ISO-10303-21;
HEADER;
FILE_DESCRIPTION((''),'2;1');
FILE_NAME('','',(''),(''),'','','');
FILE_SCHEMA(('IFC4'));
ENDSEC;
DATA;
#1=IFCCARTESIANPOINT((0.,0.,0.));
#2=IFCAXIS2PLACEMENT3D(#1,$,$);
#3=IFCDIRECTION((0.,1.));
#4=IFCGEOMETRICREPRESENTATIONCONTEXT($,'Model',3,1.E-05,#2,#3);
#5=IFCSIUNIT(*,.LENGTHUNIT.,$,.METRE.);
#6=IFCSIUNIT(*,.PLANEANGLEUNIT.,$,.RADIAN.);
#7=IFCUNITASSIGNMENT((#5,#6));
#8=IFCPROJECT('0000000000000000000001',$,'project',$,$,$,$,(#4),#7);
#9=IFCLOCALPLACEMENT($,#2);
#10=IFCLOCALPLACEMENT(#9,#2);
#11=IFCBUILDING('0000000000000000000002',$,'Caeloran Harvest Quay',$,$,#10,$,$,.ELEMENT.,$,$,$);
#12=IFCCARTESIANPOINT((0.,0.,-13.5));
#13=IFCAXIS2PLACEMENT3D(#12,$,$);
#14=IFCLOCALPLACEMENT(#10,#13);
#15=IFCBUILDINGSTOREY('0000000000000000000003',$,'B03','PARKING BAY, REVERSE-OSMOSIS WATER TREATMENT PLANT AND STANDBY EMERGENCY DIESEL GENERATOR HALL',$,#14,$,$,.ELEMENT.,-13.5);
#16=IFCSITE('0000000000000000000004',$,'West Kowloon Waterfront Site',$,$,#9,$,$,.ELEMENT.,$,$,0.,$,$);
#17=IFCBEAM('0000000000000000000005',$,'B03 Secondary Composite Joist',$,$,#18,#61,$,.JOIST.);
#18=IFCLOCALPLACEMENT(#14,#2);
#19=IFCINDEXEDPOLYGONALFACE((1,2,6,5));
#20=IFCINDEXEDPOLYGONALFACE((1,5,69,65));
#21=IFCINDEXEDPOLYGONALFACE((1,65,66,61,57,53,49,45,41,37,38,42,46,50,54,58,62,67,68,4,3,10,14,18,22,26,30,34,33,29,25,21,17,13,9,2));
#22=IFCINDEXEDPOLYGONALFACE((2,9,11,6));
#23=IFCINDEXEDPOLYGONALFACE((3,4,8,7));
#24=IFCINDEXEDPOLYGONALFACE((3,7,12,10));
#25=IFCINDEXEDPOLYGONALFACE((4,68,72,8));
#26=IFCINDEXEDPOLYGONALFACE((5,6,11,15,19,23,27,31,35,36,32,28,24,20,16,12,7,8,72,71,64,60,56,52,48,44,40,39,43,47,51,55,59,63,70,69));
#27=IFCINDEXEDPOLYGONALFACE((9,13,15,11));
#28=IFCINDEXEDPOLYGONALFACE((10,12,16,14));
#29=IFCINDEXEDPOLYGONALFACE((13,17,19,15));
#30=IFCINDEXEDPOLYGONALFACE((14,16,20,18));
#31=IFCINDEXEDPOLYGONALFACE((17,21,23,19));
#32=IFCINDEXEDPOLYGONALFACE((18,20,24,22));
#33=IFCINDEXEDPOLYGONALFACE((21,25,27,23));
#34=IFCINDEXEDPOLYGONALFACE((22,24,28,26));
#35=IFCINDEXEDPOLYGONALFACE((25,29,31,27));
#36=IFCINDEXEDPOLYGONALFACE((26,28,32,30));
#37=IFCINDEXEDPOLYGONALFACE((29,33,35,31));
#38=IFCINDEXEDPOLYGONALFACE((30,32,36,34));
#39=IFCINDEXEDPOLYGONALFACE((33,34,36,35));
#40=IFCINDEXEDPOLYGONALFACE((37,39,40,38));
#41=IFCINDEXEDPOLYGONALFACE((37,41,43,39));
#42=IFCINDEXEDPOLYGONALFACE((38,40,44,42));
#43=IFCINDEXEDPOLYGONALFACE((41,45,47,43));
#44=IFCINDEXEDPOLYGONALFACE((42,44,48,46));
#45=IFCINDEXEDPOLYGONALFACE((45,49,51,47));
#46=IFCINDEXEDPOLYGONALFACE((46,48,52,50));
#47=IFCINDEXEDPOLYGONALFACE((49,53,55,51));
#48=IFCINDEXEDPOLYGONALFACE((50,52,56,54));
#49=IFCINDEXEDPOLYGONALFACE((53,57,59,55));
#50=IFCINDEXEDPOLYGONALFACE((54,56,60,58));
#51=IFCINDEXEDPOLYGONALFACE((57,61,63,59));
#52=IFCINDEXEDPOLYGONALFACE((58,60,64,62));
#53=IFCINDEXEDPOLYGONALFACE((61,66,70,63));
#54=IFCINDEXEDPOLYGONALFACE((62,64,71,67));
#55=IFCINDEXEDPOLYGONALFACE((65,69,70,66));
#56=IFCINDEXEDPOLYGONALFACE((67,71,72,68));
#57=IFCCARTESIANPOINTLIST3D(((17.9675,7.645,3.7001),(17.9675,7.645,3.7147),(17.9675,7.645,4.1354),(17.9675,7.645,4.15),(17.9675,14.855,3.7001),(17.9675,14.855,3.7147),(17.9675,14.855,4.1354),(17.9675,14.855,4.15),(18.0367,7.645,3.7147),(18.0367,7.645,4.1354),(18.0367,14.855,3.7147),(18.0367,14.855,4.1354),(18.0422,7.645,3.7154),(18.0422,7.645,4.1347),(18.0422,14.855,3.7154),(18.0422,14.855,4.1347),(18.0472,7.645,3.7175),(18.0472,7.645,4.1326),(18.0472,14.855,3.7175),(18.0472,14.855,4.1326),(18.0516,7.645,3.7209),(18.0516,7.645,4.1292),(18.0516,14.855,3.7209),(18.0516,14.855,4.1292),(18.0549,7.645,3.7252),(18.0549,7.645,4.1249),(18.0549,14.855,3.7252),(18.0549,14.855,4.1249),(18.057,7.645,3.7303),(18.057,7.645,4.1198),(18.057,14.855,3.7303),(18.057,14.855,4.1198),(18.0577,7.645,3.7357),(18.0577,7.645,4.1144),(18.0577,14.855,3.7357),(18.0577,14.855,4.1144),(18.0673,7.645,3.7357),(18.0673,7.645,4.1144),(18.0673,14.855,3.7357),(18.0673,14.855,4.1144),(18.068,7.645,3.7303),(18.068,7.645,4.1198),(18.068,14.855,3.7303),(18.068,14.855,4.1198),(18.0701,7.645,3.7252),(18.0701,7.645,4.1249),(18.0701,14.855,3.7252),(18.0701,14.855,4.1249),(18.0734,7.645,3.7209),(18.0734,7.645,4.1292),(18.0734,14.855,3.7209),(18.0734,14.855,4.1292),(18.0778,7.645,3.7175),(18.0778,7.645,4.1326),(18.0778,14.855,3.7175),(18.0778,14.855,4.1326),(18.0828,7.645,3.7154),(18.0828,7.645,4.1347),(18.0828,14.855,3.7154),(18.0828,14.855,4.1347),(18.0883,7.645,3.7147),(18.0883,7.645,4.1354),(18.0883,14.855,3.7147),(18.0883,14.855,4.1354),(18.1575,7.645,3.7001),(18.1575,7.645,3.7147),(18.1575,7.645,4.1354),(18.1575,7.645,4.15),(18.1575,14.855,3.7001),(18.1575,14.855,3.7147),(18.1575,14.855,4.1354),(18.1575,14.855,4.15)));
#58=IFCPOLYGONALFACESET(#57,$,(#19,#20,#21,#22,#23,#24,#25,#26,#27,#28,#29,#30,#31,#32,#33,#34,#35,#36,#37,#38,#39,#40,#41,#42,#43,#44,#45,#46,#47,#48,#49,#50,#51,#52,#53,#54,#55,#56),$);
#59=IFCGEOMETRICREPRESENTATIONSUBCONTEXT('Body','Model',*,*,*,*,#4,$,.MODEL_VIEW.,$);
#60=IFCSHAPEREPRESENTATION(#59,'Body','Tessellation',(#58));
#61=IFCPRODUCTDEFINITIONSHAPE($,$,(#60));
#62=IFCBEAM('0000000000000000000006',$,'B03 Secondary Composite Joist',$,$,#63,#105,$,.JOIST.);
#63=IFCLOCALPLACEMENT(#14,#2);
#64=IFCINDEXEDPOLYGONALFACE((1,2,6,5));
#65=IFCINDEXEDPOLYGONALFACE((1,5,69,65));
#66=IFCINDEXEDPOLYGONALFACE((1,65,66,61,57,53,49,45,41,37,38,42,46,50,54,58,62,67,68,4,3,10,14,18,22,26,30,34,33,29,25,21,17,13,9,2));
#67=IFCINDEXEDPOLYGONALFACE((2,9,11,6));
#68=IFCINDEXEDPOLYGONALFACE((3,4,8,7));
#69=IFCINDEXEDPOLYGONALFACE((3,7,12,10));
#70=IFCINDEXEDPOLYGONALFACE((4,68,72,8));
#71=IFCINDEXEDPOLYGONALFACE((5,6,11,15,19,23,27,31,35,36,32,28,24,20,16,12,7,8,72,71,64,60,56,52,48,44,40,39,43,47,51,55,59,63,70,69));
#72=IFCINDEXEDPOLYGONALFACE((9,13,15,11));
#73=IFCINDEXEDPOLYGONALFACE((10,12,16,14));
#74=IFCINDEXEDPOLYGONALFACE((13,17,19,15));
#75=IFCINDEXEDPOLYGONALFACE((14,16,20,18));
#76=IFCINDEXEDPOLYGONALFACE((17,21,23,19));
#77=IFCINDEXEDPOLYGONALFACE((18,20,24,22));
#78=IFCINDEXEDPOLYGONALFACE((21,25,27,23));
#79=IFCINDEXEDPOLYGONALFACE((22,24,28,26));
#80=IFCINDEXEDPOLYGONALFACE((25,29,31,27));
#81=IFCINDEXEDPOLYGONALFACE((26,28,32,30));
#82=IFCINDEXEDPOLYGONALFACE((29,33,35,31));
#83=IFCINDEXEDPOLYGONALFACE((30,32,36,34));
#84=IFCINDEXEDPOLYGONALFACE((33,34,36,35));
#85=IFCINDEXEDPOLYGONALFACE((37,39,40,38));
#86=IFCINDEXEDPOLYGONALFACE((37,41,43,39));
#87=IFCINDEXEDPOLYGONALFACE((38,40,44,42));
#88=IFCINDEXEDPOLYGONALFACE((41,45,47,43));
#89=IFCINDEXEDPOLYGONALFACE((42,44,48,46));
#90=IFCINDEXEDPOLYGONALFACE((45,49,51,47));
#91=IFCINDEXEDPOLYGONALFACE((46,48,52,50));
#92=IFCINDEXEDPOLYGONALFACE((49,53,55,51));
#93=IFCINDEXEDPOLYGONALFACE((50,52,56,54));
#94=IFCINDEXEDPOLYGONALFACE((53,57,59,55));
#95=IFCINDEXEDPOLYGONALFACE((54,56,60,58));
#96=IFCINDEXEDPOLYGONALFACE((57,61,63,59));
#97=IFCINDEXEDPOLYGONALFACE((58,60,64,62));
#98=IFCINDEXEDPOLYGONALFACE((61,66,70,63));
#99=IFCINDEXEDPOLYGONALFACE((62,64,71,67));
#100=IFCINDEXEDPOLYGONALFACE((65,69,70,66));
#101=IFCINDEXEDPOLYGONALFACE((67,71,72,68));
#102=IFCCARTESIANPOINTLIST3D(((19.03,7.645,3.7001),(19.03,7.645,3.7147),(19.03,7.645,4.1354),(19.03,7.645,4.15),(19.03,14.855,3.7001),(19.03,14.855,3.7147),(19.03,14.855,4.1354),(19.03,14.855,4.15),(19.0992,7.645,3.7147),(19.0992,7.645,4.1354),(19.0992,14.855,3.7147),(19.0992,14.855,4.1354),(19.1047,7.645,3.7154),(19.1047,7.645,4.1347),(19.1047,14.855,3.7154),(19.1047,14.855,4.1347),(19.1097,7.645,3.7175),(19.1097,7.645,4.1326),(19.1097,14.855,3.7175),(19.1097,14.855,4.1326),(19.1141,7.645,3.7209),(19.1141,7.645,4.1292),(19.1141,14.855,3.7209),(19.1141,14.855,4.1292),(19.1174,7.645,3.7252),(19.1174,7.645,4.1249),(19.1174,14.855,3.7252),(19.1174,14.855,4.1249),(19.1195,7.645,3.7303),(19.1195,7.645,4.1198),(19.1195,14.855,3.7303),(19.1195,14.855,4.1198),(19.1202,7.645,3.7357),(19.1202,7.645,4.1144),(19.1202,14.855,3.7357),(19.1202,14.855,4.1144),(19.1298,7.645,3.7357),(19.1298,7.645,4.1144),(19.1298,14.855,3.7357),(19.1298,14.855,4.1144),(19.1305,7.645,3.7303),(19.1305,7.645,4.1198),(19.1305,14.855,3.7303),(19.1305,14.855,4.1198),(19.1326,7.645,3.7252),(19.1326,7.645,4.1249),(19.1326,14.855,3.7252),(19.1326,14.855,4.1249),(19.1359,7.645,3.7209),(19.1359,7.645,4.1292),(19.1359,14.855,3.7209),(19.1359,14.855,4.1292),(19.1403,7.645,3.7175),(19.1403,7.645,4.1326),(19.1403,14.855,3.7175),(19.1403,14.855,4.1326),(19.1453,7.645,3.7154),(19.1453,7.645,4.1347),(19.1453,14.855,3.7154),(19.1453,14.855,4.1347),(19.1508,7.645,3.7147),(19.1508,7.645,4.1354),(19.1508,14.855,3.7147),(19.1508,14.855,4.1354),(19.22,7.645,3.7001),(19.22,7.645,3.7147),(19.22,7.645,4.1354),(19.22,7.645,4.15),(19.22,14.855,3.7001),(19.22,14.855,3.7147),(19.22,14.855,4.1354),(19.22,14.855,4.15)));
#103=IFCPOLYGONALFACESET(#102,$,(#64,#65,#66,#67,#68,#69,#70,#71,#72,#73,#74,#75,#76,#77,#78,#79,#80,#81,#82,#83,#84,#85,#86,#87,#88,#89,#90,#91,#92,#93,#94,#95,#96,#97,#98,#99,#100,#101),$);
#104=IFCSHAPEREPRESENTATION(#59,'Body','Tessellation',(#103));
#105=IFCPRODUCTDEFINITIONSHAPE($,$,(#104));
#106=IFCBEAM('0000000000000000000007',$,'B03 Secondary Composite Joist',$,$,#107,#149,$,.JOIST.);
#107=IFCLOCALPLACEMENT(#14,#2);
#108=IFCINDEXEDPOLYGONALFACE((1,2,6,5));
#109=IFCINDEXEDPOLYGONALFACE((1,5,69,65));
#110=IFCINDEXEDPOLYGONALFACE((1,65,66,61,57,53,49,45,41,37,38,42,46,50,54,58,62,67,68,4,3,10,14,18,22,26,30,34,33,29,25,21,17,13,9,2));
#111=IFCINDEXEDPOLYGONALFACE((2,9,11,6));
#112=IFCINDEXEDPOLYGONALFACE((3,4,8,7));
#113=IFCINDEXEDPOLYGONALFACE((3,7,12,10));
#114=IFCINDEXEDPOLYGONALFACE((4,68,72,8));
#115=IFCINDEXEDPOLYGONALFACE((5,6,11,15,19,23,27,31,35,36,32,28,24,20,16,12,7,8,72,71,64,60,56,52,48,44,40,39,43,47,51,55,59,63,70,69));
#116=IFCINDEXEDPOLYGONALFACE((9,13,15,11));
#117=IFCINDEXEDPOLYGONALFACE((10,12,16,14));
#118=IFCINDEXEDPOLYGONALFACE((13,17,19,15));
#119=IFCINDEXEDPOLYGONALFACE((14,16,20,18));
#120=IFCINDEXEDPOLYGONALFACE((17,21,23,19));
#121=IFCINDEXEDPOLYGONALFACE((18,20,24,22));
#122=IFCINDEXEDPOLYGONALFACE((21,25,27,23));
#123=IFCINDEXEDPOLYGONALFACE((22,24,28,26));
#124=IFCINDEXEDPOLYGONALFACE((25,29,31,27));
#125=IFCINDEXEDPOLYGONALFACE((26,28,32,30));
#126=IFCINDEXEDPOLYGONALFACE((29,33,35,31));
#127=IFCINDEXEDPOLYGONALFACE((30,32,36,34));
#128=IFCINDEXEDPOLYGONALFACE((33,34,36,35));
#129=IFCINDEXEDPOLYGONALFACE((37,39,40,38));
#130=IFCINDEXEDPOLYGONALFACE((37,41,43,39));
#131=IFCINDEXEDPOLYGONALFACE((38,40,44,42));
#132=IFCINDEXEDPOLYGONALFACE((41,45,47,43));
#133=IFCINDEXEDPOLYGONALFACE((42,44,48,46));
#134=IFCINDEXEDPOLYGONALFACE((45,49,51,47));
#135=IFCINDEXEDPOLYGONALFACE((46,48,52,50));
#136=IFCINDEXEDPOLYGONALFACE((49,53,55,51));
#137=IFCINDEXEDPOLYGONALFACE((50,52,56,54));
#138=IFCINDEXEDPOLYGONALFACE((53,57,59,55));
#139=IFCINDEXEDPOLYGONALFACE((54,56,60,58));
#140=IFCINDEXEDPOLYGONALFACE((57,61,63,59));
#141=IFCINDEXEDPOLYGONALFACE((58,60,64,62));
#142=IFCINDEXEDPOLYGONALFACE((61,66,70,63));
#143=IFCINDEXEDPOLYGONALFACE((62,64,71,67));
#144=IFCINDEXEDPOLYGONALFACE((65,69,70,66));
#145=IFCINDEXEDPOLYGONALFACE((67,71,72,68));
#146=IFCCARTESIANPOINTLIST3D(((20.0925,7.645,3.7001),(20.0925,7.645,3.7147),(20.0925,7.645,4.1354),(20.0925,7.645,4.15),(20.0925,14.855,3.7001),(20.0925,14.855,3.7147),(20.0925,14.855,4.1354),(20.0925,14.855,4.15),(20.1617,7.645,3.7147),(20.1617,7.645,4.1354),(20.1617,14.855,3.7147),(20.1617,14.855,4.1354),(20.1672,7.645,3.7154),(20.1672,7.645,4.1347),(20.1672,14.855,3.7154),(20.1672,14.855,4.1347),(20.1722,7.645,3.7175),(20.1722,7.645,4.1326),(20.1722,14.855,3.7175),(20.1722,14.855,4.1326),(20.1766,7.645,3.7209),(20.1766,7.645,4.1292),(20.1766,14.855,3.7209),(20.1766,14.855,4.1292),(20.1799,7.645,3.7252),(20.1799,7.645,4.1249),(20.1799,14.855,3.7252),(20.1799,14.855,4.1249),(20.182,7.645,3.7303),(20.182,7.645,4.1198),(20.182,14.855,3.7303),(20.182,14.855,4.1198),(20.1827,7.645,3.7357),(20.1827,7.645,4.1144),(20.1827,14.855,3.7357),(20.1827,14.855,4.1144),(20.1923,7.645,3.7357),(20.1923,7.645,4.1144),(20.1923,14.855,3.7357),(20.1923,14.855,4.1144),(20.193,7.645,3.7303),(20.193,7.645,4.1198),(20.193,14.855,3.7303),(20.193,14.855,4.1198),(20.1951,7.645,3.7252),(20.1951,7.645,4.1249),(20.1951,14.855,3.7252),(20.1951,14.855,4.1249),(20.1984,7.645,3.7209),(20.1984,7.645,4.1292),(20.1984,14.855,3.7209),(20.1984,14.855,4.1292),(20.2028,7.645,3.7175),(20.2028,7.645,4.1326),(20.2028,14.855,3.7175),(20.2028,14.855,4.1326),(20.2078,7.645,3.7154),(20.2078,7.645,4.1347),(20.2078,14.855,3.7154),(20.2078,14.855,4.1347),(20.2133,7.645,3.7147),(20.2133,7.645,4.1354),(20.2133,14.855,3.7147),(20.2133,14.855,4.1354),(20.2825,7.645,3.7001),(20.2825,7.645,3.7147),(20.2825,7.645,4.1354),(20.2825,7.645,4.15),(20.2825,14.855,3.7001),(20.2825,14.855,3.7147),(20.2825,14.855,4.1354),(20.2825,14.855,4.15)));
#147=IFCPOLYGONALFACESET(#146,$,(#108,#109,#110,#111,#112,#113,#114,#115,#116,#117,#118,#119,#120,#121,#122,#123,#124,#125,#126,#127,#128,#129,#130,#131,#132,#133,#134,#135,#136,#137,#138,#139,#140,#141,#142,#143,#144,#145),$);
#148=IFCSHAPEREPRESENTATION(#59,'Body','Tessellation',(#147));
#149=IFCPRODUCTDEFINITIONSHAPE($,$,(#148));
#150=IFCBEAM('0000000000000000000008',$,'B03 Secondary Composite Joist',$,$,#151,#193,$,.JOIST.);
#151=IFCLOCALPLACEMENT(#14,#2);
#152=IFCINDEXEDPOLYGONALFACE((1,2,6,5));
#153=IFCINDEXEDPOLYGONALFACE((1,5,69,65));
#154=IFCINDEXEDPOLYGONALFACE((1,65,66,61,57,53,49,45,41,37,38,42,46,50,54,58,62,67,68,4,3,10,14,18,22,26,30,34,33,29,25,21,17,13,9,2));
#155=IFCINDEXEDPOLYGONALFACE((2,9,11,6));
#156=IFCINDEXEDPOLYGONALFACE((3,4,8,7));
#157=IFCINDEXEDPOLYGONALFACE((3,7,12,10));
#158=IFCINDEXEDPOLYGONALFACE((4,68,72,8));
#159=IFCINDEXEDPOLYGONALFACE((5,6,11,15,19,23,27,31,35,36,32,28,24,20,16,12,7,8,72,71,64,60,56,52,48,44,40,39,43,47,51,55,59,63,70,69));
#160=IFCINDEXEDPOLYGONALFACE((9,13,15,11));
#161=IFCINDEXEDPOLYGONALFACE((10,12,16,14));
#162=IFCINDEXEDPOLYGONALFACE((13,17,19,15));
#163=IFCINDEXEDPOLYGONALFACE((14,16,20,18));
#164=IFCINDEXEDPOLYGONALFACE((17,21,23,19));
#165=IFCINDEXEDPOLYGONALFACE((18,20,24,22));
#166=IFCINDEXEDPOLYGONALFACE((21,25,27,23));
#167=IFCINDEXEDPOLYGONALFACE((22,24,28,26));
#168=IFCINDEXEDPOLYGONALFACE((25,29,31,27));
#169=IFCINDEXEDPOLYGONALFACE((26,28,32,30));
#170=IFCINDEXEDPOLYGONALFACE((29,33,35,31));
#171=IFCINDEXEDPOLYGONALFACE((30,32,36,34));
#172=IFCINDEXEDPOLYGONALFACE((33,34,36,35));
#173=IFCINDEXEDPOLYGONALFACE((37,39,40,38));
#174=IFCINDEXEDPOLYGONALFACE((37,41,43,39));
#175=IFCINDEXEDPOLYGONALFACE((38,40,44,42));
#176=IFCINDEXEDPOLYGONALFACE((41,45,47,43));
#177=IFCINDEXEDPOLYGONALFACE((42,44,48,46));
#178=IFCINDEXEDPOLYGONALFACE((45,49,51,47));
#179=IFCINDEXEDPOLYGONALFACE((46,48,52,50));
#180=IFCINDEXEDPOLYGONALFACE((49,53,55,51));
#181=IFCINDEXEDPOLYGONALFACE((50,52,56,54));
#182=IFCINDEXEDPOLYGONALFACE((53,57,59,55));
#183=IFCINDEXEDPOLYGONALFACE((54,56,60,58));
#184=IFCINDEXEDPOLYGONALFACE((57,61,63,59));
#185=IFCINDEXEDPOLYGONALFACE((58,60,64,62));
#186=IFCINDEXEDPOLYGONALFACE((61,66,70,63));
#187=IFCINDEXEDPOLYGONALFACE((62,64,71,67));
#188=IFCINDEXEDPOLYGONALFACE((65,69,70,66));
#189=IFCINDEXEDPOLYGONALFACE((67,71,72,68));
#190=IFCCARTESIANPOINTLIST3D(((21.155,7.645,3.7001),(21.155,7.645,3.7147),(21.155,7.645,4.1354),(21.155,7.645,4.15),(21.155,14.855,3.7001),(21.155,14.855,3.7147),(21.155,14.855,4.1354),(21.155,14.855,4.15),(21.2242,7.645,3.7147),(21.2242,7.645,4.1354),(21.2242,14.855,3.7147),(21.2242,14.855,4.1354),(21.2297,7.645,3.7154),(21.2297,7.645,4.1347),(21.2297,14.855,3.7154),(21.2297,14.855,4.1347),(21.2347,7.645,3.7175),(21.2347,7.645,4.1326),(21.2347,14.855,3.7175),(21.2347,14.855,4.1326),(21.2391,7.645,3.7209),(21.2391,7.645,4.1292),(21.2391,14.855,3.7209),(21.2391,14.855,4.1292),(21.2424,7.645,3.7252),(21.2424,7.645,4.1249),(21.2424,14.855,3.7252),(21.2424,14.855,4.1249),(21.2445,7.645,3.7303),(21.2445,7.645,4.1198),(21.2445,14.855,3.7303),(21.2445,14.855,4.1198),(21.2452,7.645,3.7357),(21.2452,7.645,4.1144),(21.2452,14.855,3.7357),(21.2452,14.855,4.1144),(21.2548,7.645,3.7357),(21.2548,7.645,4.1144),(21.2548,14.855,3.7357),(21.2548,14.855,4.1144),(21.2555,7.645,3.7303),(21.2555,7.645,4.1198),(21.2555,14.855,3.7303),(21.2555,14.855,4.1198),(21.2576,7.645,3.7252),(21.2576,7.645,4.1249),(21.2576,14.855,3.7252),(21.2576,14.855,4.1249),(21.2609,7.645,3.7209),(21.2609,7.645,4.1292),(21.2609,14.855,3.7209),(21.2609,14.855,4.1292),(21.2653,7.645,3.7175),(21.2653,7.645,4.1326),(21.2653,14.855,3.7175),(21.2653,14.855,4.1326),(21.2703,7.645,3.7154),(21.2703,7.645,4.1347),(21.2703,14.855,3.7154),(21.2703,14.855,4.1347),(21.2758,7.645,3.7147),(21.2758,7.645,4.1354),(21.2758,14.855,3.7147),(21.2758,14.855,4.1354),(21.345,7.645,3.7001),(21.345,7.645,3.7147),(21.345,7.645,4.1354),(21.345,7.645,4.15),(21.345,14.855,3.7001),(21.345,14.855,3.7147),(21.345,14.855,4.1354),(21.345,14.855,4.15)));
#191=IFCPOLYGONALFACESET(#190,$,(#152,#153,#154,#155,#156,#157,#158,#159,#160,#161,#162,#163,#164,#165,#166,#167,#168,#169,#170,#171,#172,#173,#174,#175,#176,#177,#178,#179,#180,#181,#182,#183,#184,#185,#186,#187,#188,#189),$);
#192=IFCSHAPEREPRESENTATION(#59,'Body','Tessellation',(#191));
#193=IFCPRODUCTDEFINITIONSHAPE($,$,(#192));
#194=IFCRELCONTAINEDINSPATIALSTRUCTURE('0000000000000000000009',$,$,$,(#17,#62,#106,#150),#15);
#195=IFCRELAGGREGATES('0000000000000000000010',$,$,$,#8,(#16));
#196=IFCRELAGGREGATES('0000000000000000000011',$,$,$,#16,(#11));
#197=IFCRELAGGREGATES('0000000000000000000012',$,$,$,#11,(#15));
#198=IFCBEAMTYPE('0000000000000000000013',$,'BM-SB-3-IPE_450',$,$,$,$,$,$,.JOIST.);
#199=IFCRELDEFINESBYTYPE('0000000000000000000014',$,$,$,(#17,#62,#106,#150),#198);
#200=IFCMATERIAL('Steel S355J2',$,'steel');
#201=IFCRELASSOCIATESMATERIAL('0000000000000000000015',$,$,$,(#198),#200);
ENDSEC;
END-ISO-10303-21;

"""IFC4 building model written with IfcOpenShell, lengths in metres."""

from ifc_helpers import new_model, si_unit, direction, frame, origin, origin_2d, place, context, subcontext, project, spatial, i_section, extrude, material, material_profile, profile_set, type_object, element, save


model = new_model("IFC4")

# Units and contexts
model_context = context("Model", 3, precision=1e-05, world=origin(), true_north=direction((0.0, 1.0)))
body_context = subcontext(model_context, "Body", "Model", "MODEL_VIEW")
ifc_project = project(units=[si_unit("LENGTHUNIT", "METRE"), si_unit("PLANEANGLEUNIT", "RADIAN")], contexts=[model_context])

# Site, building, storey
site_placement = place(None, origin())
site = spatial("IfcSite", under=ifc_project, at=site_placement, Name="West Kowloon Waterfront Site", CompositionType="ELEMENT", RefElevation=0.0)
building_placement = place(site_placement, origin())
building = spatial("IfcBuilding", under=site, at=building_placement, Name="Caeloran Harvest Quay", CompositionType="ELEMENT")
storey_placement = place(building_placement, frame((0.0, 0.0, -13.5)))
storey = spatial("IfcBuildingStorey", under=building, at=storey_placement, Name="B03", Description="PARKING BAY, REVERSE-OSMOSIS WATER TREATMENT PLANT AND STANDBY EMERGENCY DIESEL GENERATOR HALL", CompositionType="ELEMENT", Elevation=-13.5)

# Beams
ifc_material_1 = material(Name="Steel S355J2", Category="steel")
ifc_material_profile_1 = material_profile(ifc_material_1, i_section(OverallWidth=0.1899, OverallDepth=0.45, WebThickness=0.0095, FlangeThickness=0.0146, FilletRadius=0.021, at=origin_2d()), Name="IPE 450")
ifc_profile_set_1 = profile_set([ifc_material_profile_1], Name="Steel S355J2")
beam_type_1 = type_object("IfcBeamType", Name="BM-SB-3-IPE_450", PredefinedType="JOIST", material=ifc_profile_set_1)
for number, where, z_axis, x_axis, name in (
    (1, (18.0625, 7.645, 3.925), (0.0, 1.0, 0.0), (-1.0, 0.0, 0.0), "B03 Secondary Composite Joist"),
    (2, (19.125, 7.645, 3.925), (0.0, 1.0, 0.0), (-1.0, 0.0, 0.0), "B03 Secondary Composite Joist"),
    (3, (20.1875, 7.645, 3.925), (0.0, 1.0, 0.0), (-1.0, 0.0, 0.0), "B03 Secondary Composite Joist"),
    (4, (21.25, 7.645, 3.925), (0.0, 1.0, 0.0), (-1.0, 0.0, 0.0), "B03 Secondary Composite Joist"),
):
    element("IfcBeam", number, at=place(storey_placement, frame(where, z_axis=z_axis, x_axis=x_axis)), inside=storey, type_object=beam_type_1, Name=name, PredefinedType="JOIST", context=body_context, shape_type="SweptSolid", body=[
        extrude(i_section(OverallWidth=0.1899, OverallDepth=0.45, WebThickness=0.0095, FlangeThickness=0.0146, FilletRadius=0.021, at=origin_2d()), origin(), (0.0, 0.0, 1.0), 7.21),
    ])

save(model, "model.ifc")
